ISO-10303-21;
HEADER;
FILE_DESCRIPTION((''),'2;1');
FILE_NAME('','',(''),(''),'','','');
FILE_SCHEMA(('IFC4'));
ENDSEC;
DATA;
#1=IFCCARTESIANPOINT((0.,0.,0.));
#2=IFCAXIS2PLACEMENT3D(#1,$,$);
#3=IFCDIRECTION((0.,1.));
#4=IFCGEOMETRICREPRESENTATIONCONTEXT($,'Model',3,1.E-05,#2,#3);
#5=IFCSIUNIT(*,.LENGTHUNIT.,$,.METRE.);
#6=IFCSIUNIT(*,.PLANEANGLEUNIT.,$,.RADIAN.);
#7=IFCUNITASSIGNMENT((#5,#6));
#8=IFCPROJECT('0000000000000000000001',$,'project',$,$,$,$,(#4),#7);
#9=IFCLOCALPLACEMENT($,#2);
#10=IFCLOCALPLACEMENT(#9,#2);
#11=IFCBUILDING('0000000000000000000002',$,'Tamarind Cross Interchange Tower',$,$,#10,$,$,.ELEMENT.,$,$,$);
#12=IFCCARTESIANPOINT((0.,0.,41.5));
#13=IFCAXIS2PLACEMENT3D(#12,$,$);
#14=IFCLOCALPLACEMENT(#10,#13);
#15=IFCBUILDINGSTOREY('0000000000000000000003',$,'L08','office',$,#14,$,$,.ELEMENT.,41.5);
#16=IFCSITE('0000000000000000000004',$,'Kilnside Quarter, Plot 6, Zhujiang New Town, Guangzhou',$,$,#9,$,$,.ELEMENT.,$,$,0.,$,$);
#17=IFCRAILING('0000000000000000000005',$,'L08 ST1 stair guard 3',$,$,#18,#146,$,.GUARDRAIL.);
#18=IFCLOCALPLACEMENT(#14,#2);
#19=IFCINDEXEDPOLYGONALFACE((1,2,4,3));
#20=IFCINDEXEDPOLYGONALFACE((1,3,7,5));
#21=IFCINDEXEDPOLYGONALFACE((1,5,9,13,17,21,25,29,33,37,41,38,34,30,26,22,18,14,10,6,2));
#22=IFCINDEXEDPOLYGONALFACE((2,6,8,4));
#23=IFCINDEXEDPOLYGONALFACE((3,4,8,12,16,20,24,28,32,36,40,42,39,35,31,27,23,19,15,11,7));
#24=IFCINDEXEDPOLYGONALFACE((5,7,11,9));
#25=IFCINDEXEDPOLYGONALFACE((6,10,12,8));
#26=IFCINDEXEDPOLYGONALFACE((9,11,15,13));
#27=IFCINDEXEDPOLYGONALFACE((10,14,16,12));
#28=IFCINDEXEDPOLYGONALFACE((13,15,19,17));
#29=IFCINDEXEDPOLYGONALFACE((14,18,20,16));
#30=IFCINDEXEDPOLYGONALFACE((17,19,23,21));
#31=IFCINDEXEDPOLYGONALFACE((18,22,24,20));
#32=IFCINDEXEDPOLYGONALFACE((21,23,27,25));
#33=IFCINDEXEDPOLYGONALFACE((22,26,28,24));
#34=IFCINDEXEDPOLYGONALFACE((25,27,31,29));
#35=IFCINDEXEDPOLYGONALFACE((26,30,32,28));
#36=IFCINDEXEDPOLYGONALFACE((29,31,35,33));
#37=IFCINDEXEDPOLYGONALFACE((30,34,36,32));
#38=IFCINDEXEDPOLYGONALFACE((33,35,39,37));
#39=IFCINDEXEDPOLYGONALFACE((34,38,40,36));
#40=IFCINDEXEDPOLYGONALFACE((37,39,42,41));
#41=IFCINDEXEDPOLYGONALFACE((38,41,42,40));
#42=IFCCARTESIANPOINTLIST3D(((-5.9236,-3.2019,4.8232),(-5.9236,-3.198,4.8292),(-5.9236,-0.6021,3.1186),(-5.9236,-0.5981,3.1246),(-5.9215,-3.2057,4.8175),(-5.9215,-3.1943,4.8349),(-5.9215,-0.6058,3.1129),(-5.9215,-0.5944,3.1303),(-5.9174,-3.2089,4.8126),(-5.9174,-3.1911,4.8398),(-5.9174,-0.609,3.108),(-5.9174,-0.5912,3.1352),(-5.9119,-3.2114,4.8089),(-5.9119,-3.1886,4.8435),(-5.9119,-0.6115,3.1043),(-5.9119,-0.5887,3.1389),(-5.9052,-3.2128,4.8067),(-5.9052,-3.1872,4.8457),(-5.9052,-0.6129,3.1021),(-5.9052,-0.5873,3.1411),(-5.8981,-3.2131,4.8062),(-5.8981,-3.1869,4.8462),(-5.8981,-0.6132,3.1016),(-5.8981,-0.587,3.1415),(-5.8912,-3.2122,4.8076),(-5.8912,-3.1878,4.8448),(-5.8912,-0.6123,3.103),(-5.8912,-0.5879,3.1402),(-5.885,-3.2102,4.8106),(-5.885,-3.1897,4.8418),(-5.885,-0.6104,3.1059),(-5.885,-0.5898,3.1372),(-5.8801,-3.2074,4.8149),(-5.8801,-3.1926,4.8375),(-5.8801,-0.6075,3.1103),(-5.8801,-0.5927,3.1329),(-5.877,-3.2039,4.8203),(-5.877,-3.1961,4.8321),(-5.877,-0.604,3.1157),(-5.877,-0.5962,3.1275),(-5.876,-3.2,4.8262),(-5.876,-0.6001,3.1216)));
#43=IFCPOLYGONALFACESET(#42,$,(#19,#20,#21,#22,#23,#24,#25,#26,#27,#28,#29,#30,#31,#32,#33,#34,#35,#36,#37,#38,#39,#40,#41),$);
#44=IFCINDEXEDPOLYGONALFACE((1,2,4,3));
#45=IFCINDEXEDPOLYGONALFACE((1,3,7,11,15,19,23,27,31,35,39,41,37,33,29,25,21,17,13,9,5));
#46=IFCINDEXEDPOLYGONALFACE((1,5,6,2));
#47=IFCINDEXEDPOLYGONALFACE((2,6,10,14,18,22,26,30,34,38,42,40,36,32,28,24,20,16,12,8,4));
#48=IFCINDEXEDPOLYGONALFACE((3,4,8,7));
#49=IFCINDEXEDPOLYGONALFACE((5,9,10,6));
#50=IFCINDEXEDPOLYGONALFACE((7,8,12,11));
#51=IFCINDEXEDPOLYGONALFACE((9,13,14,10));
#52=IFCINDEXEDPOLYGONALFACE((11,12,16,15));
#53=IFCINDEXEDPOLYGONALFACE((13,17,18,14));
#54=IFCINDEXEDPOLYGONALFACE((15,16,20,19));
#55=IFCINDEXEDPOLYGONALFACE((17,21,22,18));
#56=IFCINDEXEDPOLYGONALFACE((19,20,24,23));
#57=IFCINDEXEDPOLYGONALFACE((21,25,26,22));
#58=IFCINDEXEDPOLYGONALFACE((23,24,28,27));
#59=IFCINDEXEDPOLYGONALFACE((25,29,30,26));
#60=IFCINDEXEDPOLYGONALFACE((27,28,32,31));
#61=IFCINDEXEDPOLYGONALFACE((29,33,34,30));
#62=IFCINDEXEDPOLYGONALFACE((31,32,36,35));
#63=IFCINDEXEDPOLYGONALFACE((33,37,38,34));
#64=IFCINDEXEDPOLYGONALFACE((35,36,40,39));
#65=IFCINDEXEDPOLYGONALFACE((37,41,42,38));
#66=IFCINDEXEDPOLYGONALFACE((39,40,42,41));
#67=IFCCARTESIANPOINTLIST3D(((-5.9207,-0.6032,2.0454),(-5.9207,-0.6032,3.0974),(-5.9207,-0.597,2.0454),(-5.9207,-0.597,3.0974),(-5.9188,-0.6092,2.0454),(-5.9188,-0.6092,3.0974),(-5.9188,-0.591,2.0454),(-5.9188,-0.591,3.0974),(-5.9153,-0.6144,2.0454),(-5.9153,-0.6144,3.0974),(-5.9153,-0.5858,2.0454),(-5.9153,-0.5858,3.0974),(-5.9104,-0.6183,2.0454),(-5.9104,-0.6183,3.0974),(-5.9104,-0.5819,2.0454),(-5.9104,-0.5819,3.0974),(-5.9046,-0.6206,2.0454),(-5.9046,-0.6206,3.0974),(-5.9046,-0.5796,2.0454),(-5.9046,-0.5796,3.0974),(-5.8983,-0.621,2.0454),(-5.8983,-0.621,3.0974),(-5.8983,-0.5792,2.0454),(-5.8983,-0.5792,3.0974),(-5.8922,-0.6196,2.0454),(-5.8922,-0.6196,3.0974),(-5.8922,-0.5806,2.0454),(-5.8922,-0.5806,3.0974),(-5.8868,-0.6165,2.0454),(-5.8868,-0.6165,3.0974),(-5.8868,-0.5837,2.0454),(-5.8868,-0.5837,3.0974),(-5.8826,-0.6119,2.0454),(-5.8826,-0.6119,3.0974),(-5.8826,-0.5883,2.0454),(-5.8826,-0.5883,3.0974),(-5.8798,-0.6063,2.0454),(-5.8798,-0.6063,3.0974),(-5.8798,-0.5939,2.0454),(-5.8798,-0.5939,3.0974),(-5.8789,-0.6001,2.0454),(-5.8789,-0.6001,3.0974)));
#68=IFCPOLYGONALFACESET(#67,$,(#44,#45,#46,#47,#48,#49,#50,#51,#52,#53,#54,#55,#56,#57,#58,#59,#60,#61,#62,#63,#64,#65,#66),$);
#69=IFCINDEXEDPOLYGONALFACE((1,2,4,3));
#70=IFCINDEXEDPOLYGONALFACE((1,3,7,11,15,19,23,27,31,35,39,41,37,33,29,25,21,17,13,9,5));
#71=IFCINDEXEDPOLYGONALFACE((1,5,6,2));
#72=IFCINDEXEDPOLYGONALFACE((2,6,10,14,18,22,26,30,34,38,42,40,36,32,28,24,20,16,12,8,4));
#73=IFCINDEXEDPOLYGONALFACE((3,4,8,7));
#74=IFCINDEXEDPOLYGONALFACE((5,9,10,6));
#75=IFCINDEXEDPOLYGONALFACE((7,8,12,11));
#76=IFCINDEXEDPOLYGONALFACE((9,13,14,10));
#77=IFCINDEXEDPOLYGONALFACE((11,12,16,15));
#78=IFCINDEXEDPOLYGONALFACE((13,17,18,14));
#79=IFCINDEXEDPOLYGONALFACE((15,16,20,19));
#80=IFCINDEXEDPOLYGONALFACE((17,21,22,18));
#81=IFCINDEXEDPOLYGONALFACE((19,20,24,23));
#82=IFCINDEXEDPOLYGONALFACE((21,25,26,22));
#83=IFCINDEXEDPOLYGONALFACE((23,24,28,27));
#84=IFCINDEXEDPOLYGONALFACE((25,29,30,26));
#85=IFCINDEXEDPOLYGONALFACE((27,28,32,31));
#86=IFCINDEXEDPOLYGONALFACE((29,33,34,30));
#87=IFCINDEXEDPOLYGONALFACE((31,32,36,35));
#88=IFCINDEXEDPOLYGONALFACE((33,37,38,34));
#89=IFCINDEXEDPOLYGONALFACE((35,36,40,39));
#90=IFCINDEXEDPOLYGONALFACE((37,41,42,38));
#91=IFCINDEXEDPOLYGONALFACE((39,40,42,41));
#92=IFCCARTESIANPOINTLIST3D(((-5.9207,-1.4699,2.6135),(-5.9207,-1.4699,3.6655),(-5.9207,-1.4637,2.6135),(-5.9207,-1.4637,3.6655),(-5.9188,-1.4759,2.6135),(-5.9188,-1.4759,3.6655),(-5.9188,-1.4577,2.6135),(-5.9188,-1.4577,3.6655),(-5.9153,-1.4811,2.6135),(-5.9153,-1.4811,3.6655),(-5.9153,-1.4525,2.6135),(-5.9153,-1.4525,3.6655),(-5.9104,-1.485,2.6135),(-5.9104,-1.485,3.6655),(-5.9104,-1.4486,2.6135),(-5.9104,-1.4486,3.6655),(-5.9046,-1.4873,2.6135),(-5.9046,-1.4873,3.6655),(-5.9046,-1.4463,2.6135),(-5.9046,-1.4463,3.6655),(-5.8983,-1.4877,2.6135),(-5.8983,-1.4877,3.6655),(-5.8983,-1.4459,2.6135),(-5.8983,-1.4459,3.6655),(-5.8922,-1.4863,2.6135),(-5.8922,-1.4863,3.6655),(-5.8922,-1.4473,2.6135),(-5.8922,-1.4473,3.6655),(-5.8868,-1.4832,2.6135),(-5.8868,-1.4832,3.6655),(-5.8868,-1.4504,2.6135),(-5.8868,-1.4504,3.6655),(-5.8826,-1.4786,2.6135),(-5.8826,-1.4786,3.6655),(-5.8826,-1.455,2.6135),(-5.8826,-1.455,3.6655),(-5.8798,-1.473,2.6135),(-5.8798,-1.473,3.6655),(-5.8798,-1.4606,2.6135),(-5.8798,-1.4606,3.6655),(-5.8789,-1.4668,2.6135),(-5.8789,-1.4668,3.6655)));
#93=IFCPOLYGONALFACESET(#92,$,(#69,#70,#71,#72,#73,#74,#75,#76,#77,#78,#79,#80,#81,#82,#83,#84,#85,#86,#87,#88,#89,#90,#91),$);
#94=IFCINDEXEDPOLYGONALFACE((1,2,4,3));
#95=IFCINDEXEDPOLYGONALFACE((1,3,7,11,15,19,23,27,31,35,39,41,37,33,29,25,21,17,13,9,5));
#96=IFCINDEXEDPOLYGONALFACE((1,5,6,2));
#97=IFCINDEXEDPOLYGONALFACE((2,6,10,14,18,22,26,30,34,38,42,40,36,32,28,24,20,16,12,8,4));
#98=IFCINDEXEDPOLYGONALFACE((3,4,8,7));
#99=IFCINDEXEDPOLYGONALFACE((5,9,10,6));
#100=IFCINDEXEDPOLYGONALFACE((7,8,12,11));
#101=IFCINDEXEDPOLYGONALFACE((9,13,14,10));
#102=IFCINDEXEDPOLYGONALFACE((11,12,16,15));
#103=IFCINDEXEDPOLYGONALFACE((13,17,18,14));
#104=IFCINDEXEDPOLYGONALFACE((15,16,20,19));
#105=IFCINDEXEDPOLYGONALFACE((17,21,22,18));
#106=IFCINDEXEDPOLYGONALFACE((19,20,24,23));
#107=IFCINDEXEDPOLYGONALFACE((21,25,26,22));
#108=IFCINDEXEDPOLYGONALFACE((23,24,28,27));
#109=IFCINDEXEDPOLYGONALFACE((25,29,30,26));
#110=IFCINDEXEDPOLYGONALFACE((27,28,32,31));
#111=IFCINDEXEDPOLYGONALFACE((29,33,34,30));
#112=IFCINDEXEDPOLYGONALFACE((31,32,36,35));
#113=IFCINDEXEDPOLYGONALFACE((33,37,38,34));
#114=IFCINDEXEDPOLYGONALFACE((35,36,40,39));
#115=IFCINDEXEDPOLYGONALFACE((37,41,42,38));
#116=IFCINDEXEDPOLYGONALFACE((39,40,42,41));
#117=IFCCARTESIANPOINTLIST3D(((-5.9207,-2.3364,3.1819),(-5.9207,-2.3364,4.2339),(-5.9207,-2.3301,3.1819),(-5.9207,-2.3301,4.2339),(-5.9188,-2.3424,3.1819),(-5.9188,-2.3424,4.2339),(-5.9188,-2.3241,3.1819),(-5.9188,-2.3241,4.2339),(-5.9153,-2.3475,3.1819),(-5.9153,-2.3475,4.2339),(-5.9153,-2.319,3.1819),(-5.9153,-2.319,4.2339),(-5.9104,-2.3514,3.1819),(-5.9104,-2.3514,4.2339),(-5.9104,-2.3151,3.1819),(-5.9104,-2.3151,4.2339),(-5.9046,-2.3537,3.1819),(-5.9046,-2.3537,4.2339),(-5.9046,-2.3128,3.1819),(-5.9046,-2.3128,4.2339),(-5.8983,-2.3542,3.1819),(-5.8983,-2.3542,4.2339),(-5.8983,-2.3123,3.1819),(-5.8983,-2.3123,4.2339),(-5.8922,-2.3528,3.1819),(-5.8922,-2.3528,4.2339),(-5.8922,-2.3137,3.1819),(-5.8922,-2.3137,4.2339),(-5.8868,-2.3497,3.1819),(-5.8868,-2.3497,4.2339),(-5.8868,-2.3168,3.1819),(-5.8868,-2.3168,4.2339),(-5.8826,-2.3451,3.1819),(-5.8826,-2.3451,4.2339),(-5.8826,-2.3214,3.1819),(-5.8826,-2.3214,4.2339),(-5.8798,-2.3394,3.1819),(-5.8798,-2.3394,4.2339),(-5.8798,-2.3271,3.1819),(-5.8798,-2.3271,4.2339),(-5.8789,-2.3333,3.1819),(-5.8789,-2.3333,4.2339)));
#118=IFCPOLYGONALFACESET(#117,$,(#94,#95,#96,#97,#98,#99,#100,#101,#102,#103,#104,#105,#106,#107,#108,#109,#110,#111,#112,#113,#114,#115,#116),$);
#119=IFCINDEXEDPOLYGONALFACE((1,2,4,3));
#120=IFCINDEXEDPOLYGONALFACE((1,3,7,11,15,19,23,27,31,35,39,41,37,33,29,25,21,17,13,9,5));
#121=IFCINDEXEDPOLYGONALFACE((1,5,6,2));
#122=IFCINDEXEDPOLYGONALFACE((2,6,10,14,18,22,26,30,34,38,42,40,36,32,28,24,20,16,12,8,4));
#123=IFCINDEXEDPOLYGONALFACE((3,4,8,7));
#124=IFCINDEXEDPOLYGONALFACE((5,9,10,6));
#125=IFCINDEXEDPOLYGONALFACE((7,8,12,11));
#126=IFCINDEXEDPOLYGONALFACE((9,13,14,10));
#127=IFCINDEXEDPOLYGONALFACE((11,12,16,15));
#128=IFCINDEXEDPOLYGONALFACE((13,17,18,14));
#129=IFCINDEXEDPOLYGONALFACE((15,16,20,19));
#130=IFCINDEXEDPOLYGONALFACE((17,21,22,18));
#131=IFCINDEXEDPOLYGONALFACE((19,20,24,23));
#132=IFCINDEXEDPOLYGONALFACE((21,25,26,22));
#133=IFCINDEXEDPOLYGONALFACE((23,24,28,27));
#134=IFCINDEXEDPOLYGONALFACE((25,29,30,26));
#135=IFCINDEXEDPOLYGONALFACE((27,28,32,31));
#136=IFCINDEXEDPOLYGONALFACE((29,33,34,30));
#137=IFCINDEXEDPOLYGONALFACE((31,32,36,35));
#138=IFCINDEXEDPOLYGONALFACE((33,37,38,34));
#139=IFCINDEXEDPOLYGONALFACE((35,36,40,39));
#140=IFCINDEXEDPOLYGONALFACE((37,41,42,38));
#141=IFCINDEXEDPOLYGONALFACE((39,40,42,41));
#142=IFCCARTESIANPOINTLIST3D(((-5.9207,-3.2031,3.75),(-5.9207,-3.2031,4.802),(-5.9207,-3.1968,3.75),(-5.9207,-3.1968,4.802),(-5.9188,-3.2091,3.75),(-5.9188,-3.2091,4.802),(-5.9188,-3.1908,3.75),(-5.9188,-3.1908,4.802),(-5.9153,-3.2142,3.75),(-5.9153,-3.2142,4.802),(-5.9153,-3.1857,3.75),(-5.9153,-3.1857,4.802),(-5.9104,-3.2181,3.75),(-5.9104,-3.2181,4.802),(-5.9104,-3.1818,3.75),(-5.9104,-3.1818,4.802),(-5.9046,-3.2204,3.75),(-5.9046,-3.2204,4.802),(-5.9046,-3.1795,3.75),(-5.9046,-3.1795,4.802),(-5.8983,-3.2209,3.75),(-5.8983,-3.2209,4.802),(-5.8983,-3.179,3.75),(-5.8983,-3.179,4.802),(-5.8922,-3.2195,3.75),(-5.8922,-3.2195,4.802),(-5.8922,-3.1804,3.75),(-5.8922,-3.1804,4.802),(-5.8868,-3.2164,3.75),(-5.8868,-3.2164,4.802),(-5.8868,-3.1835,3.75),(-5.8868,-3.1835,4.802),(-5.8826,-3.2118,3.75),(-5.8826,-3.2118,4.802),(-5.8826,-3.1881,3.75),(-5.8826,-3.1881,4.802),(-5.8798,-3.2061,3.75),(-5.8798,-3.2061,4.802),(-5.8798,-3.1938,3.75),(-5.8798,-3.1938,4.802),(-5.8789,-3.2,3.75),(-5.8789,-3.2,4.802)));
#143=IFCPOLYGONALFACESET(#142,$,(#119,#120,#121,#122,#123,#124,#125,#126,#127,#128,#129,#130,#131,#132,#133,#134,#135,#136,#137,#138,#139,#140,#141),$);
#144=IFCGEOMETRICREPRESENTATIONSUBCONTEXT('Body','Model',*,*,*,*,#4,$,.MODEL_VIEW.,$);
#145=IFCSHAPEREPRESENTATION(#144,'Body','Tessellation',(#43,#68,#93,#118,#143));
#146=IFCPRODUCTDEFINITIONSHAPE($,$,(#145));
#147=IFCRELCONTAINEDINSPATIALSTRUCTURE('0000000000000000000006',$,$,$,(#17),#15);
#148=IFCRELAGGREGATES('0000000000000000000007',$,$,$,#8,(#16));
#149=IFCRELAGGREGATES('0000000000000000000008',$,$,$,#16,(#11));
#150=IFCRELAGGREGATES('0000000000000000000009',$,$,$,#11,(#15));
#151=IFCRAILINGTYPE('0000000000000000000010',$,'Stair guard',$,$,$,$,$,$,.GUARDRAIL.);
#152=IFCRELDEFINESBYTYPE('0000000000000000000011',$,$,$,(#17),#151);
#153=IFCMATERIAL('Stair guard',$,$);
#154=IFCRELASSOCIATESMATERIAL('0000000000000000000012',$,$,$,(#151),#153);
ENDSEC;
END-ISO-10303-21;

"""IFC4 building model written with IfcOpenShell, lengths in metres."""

from ifc_helpers import new_model, si_unit, direction, frame, origin, origin_2d, place, context, subcontext, project, spatial, circle, extrude, material, type_object, element, save


model = new_model("IFC4")

# Units and contexts
model_context = context("Model", 3, precision=1e-05, world=origin(), true_north=direction((0.0, 1.0)))
body_context = subcontext(model_context, "Body", "Model", "MODEL_VIEW")
ifc_project = project(units=[si_unit("LENGTHUNIT", "METRE"), si_unit("PLANEANGLEUNIT", "RADIAN")], contexts=[model_context])

# Site, building, storey
site_placement = place(None, origin())
site = spatial("IfcSite", under=ifc_project, at=site_placement, Name="Kilnside Quarter, Plot 6, Zhujiang New Town, Guangzhou", CompositionType="ELEMENT", RefElevation=0.0)
building_placement = place(site_placement, origin())
building = spatial("IfcBuilding", under=site, at=building_placement, Name="Tamarind Cross Interchange Tower", CompositionType="ELEMENT")
storey_placement = place(building_placement, frame((0.0, 0.0, 41.5)))
storey = spatial("IfcBuildingStorey", under=building, at=storey_placement, Name="L08", Description="office", CompositionType="ELEMENT", Elevation=41.5)

# Railing
ifc_material_1 = material(Name="Stair guard")
railing_type_1 = type_object("IfcRailingType", Name="Stair guard", PredefinedType="GUARDRAIL", material=ifc_material_1)
railing_1_placement = place(storey_placement, frame((-5.8999, -0.6001, 2.0454)))
element("IfcRailing", 1, at=railing_1_placement, inside=storey, type_object=railing_type_1, Name="L08 ST1 stair guard 3", PredefinedType="GUARDRAIL", context=body_context, shape_type="SweptSolid", body=[
    extrude(circle(Radius=0.0239, at=origin_2d()), frame((0.0, 0.0, 1.0762), z_axis=(0.0, -0.836279, 0.548305), x_axis=(1.0, 0.0, 0.0)), (0.0, 0.0, 1.0), 3.1089),
    extrude(circle(Radius=0.021, at=origin_2d()), origin(), (0.0, 0.0, 1.0), 1.052),
    extrude(circle(Radius=0.021, at=origin_2d()), frame((0.0, -0.8667, 0.5681)), (0.0, 0.0, 1.0), 1.052),
    extrude(circle(Radius=0.021, at=origin_2d()), frame((0.0, -1.7332, 1.1365)), (0.0, 0.0, 1.0), 1.052),
    extrude(circle(Radius=0.021, at=origin_2d()), frame((0.0, -2.5999, 1.7046)), (0.0, 0.0, 1.0), 1.052),
])

save(model, "model.ifc")
